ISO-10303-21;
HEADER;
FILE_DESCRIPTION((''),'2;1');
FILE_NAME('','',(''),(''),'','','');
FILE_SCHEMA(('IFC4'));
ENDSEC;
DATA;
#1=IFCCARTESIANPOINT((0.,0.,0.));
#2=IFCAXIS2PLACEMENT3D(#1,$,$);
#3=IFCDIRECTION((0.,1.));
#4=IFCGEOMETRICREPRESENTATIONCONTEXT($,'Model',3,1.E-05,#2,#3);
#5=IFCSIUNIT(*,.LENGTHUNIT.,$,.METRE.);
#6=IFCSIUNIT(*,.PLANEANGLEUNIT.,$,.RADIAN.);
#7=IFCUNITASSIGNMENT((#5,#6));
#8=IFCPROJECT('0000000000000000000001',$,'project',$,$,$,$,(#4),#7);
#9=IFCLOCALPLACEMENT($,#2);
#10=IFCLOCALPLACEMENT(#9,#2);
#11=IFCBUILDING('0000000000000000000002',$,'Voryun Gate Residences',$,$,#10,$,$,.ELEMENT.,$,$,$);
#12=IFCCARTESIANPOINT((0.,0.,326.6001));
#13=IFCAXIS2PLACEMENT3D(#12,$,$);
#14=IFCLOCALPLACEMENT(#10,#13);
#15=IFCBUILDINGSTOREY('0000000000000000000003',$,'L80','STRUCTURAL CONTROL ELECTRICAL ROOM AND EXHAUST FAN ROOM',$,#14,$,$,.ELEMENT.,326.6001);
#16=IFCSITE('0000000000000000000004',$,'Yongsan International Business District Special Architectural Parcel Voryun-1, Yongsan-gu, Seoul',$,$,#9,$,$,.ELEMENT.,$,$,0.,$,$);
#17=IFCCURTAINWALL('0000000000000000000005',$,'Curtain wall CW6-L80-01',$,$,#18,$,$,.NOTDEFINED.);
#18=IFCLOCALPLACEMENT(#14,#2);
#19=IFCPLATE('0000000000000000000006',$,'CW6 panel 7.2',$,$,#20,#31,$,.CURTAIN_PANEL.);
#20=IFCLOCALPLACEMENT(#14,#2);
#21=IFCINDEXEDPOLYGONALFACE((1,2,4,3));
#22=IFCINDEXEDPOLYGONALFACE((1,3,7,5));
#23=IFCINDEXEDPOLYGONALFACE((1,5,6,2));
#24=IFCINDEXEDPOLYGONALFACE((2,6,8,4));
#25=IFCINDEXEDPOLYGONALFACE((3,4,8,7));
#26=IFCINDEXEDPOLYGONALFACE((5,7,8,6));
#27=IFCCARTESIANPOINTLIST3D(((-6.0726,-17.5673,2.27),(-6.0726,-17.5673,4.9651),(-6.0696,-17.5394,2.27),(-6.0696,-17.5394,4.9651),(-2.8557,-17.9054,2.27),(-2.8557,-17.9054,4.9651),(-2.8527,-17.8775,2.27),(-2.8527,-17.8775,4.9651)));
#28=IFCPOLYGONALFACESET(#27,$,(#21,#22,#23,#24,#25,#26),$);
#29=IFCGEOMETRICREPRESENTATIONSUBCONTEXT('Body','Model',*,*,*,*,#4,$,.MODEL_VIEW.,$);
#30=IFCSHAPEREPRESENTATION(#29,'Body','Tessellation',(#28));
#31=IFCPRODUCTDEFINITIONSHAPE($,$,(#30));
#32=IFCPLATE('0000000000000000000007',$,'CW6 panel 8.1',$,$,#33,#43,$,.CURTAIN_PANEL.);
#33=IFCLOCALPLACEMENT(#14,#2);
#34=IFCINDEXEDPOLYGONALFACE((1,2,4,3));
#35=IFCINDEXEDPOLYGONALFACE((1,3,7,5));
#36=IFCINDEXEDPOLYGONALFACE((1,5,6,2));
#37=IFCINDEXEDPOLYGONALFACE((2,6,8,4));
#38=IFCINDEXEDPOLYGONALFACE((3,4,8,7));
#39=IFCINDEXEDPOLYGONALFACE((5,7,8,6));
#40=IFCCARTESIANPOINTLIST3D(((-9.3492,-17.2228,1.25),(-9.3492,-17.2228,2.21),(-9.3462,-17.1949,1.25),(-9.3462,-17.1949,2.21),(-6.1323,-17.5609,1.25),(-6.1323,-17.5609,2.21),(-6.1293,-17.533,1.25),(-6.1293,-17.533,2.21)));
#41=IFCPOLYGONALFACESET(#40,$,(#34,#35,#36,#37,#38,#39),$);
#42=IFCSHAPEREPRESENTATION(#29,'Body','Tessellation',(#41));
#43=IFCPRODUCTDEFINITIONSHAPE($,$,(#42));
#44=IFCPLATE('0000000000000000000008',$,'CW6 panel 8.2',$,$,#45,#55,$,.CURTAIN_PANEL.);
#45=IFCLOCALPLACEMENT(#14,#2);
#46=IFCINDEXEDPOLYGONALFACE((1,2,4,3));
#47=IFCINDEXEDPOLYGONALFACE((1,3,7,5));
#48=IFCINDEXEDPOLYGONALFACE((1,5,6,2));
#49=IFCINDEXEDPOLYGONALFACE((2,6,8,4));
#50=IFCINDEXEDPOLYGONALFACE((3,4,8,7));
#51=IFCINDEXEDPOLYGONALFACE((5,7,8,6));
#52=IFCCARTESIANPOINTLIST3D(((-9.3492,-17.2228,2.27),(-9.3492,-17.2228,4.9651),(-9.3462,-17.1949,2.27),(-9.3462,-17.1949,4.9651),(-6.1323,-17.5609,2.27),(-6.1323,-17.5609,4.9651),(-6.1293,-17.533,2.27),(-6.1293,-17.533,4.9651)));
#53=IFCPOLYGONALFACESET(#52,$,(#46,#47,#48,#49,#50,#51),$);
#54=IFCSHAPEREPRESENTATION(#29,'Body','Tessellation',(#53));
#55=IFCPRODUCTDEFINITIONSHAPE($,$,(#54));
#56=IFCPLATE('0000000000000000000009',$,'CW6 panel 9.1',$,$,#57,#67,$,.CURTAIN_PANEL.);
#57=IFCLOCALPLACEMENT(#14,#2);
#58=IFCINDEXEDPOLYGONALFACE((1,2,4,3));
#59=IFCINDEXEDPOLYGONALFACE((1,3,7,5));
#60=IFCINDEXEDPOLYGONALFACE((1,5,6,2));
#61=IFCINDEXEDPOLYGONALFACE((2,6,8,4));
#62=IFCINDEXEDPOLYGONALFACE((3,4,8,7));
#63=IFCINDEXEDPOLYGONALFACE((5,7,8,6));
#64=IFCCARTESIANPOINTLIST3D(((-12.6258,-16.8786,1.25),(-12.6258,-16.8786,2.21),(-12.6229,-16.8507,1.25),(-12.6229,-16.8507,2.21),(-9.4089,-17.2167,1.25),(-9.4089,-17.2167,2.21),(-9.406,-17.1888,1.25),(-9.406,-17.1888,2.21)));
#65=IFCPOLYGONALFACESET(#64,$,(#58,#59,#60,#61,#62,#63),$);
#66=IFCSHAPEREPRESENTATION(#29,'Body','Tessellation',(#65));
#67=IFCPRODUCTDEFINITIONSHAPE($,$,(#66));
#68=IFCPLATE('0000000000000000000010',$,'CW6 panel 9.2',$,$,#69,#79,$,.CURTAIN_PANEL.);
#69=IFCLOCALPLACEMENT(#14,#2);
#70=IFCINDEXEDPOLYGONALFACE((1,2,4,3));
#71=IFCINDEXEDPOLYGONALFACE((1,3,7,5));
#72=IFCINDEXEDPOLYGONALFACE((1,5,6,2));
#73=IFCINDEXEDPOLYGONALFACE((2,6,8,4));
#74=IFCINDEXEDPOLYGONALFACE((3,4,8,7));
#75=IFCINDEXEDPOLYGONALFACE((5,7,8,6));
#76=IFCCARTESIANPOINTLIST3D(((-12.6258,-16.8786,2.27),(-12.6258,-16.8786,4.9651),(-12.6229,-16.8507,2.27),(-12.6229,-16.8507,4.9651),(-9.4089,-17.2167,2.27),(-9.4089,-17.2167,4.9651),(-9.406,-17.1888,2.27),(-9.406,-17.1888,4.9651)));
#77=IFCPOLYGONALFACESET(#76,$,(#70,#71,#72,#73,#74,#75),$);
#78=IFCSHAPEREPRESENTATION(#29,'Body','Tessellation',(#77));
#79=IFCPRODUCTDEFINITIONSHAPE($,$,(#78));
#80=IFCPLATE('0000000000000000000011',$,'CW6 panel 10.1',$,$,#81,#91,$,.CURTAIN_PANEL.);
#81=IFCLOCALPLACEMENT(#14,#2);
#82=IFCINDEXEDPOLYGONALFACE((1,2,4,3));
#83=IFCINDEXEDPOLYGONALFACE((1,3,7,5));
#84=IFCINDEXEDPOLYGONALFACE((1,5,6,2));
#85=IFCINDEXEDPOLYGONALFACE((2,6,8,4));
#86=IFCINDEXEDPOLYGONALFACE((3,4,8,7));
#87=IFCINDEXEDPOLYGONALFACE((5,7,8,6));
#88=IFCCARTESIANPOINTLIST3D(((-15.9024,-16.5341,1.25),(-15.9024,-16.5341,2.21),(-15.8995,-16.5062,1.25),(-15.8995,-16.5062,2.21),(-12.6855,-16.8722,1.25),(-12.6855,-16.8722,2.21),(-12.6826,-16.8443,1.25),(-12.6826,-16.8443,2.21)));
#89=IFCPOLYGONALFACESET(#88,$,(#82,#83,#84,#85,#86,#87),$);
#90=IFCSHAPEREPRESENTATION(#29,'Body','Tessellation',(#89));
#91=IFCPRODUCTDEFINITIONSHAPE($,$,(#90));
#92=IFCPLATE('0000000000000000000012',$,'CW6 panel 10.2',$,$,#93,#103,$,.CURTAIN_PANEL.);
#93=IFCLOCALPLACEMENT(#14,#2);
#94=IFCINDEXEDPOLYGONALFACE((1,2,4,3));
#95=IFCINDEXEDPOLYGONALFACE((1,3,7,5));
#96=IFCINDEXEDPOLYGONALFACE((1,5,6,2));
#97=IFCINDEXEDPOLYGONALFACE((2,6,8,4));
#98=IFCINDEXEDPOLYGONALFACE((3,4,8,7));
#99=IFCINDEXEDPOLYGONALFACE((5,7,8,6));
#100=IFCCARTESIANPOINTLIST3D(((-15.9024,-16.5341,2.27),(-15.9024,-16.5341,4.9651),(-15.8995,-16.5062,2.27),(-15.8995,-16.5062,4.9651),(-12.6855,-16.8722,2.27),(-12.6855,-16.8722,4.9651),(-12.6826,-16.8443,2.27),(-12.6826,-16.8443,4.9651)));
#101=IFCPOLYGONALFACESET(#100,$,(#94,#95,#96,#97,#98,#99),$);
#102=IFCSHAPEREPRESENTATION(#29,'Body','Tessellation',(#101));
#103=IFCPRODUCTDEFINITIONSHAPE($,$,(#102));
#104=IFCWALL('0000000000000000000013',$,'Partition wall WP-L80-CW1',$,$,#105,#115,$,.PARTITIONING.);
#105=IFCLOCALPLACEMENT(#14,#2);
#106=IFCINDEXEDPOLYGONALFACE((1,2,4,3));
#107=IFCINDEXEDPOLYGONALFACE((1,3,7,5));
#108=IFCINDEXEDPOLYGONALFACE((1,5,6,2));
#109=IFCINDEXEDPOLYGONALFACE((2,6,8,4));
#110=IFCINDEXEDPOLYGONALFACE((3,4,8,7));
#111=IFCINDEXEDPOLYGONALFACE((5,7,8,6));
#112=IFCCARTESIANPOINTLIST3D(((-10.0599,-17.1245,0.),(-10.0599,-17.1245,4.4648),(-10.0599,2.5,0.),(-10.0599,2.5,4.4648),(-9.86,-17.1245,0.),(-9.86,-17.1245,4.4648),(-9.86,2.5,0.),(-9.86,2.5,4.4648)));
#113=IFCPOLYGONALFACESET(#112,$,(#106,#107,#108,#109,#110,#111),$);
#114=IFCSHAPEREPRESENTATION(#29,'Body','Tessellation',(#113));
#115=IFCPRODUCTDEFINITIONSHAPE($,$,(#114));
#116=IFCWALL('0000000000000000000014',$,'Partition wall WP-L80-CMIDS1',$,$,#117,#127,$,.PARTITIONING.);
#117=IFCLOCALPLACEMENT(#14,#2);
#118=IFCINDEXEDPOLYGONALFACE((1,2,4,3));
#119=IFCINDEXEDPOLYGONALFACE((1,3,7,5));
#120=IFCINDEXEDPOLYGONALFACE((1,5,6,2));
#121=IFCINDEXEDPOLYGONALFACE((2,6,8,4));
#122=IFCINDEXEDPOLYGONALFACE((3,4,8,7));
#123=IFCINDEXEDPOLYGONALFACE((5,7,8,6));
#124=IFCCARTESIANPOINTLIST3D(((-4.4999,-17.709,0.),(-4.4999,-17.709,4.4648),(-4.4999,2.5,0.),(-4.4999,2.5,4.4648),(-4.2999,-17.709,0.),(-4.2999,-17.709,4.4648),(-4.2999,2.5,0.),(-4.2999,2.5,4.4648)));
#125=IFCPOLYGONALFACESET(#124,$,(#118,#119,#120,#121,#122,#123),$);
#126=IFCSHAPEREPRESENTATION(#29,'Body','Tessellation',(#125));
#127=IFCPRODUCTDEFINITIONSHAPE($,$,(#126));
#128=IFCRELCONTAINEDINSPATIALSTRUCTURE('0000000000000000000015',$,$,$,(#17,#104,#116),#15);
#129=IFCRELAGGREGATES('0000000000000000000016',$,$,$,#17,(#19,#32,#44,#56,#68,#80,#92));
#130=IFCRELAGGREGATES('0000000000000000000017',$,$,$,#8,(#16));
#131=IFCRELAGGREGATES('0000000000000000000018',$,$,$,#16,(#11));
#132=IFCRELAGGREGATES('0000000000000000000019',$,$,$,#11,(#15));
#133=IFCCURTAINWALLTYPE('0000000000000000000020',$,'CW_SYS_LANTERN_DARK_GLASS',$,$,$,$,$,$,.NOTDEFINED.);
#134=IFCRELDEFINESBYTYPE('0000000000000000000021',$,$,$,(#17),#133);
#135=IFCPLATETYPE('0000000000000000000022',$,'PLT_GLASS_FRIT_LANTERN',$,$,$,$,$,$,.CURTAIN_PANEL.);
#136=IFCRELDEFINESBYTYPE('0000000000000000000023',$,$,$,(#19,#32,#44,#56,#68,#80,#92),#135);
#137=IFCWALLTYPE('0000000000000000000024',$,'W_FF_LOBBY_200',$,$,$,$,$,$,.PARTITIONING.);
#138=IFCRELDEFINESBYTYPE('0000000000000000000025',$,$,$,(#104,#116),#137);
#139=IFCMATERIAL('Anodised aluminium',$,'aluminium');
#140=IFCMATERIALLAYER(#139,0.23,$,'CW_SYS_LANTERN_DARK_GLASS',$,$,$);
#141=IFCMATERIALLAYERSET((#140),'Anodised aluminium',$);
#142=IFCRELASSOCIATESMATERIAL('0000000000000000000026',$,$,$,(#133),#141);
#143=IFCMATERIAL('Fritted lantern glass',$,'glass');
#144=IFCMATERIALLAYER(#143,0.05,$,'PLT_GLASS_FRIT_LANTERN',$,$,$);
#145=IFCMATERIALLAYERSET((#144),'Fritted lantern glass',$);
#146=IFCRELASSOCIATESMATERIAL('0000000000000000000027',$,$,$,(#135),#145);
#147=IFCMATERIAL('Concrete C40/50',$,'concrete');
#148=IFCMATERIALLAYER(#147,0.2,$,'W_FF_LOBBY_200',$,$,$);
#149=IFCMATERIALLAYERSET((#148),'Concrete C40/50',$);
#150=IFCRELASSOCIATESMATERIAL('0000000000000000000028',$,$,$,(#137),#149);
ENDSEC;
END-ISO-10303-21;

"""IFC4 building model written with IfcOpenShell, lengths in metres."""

from ifc_helpers import new_model, si_unit, direction, frame, frame_2d, origin, origin_2d, place, context, subcontext, project, spatial, rectangle, extrude, material, layer, layer_set, type_object, element, aggregate, save


model = new_model("IFC4")

# Units and contexts
model_context = context("Model", 3, precision=1e-05, world=origin(), true_north=direction((0.0, 1.0)))
body_context = subcontext(model_context, "Body", "Model", "MODEL_VIEW")
ifc_project = project(units=[si_unit("LENGTHUNIT", "METRE"), si_unit("PLANEANGLEUNIT", "RADIAN")], contexts=[model_context])

# Site, building, storey
site_placement = place(None, origin())
site = spatial("IfcSite", under=ifc_project, at=site_placement, Name="Yongsan International Business District Special Architectural Parcel Voryun-1, Yongsan-gu, Seoul", CompositionType="ELEMENT", RefElevation=0.0)
building_placement = place(site_placement, origin())
building = spatial("IfcBuilding", under=site, at=building_placement, Name="Voryun Gate Residences", CompositionType="ELEMENT")
storey_placement = place(building_placement, frame((0.0, 0.0, 326.6001)))
storey = spatial("IfcBuildingStorey", under=building, at=storey_placement, Name="L80", Description="STRUCTURAL CONTROL ELECTRICAL ROOM AND EXHAUST FAN ROOM", CompositionType="ELEMENT", Elevation=326.6001)

# Curtain wall
ifc_material_1 = material(Name="Anodised aluminium", Category="aluminium")
ifc_layer_1 = layer(ifc_material_1, 0.23, Name="CW_SYS_LANTERN_DARK_GLASS")
ifc_layer_set_1 = layer_set([ifc_layer_1], Name="Anodised aluminium")
curtain_wall_type = type_object("IfcCurtainWallType", Name="CW_SYS_LANTERN_DARK_GLASS", PredefinedType="NOTDEFINED", material=ifc_layer_set_1)
curtain_wall_placement = place(storey_placement, origin())
curtain_wall = element("IfcCurtainWall", 1, at=curtain_wall_placement, inside=storey, type_object=curtain_wall_type, Name="Curtain wall CW6-L80-01", PredefinedType="NOTDEFINED")

# Plates
ifc_material_2 = material(Name="Fritted lantern glass", Category="glass")
ifc_layer_2 = layer(ifc_material_2, 0.05, Name="PLT_GLASS_FRIT_LANTERN")
ifc_layer_set_2 = layer_set([ifc_layer_2], Name="Fritted lantern glass")
plate_type_1 = type_object("IfcPlateType", Name="PLT_GLASS_FRIT_LANTERN", PredefinedType="CURTAIN_PANEL", material=ifc_layer_set_2)
plate_1_placement = place(storey_placement, frame((-4.4626, -17.7224, 2.27), z_axis=(0.0, 0.0, 1.0), x_axis=(-0.994522, 0.104528, 0.0)))
plate_1 = element("IfcPlate", 2, at=plate_1_placement, type_object=plate_type_1, Name="CW6 panel 7.2", PredefinedType="CURTAIN_PANEL", context=body_context, shape_type="SweptSolid", body=[
    extrude(rectangle(XDim=3.2346, YDim=0.0281, at=origin_2d()), origin(), (0.0, 0.0, 1.0), 2.6951),
])
plate_2_placement = place(storey_placement, frame((-7.7393, -17.3779, 1.25), z_axis=(0.0, 0.0, 1.0), x_axis=(-0.994522, 0.104528, 0.0)))
plate_2 = element("IfcPlate", 3, at=plate_2_placement, type_object=plate_type_1, Name="CW6 panel 8.1", PredefinedType="CURTAIN_PANEL", context=body_context, shape_type="SweptSolid", body=[
    extrude(rectangle(XDim=3.2346, YDim=0.0281, at=origin_2d()), origin(), (0.0, 0.0, 1.0), 0.96),
])
plate_3_placement = place(storey_placement, frame((-7.7393, -17.3779, 2.27), z_axis=(0.0, 0.0, 1.0), x_axis=(-0.994522, 0.104528, 0.0)))
plate_3 = element("IfcPlate", 4, at=plate_3_placement, type_object=plate_type_1, Name="CW6 panel 8.2", PredefinedType="CURTAIN_PANEL", context=body_context, shape_type="SweptSolid", body=[
    extrude(rectangle(XDim=3.2346, YDim=0.0281, at=origin_2d()), origin(), (0.0, 0.0, 1.0), 2.6951),
])
plate_4_placement = place(storey_placement, frame((-11.0159, -17.0337, 1.25), z_axis=(0.0, 0.0, 1.0), x_axis=(-0.994522, 0.104528, 0.0)))
plate_4 = element("IfcPlate", 5, at=plate_4_placement, type_object=plate_type_1, Name="CW6 panel 9.1", PredefinedType="CURTAIN_PANEL", context=body_context, shape_type="SweptSolid", body=[
    extrude(rectangle(XDim=3.2346, YDim=0.0281, at=origin_2d()), origin(), (0.0, 0.0, 1.0), 0.96),
])
plate_5_placement = place(storey_placement, frame((-11.0159, -17.0337, 2.27), z_axis=(0.0, 0.0, 1.0), x_axis=(-0.994522, 0.104528, 0.0)))
plate_5 = element("IfcPlate", 6, at=plate_5_placement, type_object=plate_type_1, Name="CW6 panel 9.2", PredefinedType="CURTAIN_PANEL", context=body_context, shape_type="SweptSolid", body=[
    extrude(rectangle(XDim=3.2346, YDim=0.0281, at=origin_2d()), origin(), (0.0, 0.0, 1.0), 2.6951),
])
plate_6_placement = place(storey_placement, frame((-14.2925, -16.6892, 1.25), z_axis=(0.0, 0.0, 1.0), x_axis=(-0.994522, 0.104528, 0.0)))
plate_6 = element("IfcPlate", 7, at=plate_6_placement, type_object=plate_type_1, Name="CW6 panel 10.1", PredefinedType="CURTAIN_PANEL", context=body_context, shape_type="SweptSolid", body=[
    extrude(rectangle(XDim=3.2346, YDim=0.0281, at=origin_2d()), origin(), (0.0, 0.0, 1.0), 0.96),
])
plate_7_placement = place(storey_placement, frame((-14.2925, -16.6892, 2.27), z_axis=(0.0, 0.0, 1.0), x_axis=(-0.994522, 0.104528, 0.0)))
plate_7 = element("IfcPlate", 8, at=plate_7_placement, type_object=plate_type_1, Name="CW6 panel 10.2", PredefinedType="CURTAIN_PANEL", context=body_context, shape_type="SweptSolid", body=[
    extrude(rectangle(XDim=3.2346, YDim=0.0281, at=origin_2d()), origin(), (0.0, 0.0, 1.0), 2.6951),
])
aggregate(curtain_wall, [plate_1, plate_2, plate_3, plate_4, plate_5, plate_6, plate_7])

# Walls
ifc_material_3 = material(Name="Concrete C40/50", Category="concrete")
ifc_layer_3 = layer(ifc_material_3, 0.2, Name="W_FF_LOBBY_200")
ifc_layer_set_3 = layer_set([ifc_layer_3], Name="Concrete C40/50")
wall_type = type_object("IfcWallType", Name="W_FF_LOBBY_200", PredefinedType="PARTITIONING", material=ifc_layer_set_3)
wall_1_placement = place(storey_placement, frame((-9.96, -17.1245, 0.0), z_axis=(0.0, 0.0, 1.0), x_axis=(0.0, 1.0, 0.0)))
element("IfcWall", 9, at=wall_1_placement, inside=storey, type_object=wall_type, Name="Partition wall WP-L80-CW1", PredefinedType="PARTITIONING", context=body_context, shape_type="SweptSolid", body=[
    extrude(rectangle(XDim=19.6245, YDim=0.2, at=frame_2d((9.8123, 0.0))), origin(), (0.0, 0.0, 1.0), 4.4648),
])
wall_2_placement = place(storey_placement, frame((-4.3999, -17.709, 0.0), z_axis=(0.0, 0.0, 1.0), x_axis=(0.0, 1.0, 0.0)))
element("IfcWall", 10, at=wall_2_placement, inside=storey, type_object=wall_type, Name="Partition wall WP-L80-CMIDS1", PredefinedType="PARTITIONING", context=body_context, shape_type="SweptSolid", body=[
    extrude(rectangle(XDim=20.209, YDim=0.2, at=frame_2d((10.1045, 0.0))), origin(), (0.0, 0.0, 1.0), 4.4648),
])

save(model, "model.ifc")
